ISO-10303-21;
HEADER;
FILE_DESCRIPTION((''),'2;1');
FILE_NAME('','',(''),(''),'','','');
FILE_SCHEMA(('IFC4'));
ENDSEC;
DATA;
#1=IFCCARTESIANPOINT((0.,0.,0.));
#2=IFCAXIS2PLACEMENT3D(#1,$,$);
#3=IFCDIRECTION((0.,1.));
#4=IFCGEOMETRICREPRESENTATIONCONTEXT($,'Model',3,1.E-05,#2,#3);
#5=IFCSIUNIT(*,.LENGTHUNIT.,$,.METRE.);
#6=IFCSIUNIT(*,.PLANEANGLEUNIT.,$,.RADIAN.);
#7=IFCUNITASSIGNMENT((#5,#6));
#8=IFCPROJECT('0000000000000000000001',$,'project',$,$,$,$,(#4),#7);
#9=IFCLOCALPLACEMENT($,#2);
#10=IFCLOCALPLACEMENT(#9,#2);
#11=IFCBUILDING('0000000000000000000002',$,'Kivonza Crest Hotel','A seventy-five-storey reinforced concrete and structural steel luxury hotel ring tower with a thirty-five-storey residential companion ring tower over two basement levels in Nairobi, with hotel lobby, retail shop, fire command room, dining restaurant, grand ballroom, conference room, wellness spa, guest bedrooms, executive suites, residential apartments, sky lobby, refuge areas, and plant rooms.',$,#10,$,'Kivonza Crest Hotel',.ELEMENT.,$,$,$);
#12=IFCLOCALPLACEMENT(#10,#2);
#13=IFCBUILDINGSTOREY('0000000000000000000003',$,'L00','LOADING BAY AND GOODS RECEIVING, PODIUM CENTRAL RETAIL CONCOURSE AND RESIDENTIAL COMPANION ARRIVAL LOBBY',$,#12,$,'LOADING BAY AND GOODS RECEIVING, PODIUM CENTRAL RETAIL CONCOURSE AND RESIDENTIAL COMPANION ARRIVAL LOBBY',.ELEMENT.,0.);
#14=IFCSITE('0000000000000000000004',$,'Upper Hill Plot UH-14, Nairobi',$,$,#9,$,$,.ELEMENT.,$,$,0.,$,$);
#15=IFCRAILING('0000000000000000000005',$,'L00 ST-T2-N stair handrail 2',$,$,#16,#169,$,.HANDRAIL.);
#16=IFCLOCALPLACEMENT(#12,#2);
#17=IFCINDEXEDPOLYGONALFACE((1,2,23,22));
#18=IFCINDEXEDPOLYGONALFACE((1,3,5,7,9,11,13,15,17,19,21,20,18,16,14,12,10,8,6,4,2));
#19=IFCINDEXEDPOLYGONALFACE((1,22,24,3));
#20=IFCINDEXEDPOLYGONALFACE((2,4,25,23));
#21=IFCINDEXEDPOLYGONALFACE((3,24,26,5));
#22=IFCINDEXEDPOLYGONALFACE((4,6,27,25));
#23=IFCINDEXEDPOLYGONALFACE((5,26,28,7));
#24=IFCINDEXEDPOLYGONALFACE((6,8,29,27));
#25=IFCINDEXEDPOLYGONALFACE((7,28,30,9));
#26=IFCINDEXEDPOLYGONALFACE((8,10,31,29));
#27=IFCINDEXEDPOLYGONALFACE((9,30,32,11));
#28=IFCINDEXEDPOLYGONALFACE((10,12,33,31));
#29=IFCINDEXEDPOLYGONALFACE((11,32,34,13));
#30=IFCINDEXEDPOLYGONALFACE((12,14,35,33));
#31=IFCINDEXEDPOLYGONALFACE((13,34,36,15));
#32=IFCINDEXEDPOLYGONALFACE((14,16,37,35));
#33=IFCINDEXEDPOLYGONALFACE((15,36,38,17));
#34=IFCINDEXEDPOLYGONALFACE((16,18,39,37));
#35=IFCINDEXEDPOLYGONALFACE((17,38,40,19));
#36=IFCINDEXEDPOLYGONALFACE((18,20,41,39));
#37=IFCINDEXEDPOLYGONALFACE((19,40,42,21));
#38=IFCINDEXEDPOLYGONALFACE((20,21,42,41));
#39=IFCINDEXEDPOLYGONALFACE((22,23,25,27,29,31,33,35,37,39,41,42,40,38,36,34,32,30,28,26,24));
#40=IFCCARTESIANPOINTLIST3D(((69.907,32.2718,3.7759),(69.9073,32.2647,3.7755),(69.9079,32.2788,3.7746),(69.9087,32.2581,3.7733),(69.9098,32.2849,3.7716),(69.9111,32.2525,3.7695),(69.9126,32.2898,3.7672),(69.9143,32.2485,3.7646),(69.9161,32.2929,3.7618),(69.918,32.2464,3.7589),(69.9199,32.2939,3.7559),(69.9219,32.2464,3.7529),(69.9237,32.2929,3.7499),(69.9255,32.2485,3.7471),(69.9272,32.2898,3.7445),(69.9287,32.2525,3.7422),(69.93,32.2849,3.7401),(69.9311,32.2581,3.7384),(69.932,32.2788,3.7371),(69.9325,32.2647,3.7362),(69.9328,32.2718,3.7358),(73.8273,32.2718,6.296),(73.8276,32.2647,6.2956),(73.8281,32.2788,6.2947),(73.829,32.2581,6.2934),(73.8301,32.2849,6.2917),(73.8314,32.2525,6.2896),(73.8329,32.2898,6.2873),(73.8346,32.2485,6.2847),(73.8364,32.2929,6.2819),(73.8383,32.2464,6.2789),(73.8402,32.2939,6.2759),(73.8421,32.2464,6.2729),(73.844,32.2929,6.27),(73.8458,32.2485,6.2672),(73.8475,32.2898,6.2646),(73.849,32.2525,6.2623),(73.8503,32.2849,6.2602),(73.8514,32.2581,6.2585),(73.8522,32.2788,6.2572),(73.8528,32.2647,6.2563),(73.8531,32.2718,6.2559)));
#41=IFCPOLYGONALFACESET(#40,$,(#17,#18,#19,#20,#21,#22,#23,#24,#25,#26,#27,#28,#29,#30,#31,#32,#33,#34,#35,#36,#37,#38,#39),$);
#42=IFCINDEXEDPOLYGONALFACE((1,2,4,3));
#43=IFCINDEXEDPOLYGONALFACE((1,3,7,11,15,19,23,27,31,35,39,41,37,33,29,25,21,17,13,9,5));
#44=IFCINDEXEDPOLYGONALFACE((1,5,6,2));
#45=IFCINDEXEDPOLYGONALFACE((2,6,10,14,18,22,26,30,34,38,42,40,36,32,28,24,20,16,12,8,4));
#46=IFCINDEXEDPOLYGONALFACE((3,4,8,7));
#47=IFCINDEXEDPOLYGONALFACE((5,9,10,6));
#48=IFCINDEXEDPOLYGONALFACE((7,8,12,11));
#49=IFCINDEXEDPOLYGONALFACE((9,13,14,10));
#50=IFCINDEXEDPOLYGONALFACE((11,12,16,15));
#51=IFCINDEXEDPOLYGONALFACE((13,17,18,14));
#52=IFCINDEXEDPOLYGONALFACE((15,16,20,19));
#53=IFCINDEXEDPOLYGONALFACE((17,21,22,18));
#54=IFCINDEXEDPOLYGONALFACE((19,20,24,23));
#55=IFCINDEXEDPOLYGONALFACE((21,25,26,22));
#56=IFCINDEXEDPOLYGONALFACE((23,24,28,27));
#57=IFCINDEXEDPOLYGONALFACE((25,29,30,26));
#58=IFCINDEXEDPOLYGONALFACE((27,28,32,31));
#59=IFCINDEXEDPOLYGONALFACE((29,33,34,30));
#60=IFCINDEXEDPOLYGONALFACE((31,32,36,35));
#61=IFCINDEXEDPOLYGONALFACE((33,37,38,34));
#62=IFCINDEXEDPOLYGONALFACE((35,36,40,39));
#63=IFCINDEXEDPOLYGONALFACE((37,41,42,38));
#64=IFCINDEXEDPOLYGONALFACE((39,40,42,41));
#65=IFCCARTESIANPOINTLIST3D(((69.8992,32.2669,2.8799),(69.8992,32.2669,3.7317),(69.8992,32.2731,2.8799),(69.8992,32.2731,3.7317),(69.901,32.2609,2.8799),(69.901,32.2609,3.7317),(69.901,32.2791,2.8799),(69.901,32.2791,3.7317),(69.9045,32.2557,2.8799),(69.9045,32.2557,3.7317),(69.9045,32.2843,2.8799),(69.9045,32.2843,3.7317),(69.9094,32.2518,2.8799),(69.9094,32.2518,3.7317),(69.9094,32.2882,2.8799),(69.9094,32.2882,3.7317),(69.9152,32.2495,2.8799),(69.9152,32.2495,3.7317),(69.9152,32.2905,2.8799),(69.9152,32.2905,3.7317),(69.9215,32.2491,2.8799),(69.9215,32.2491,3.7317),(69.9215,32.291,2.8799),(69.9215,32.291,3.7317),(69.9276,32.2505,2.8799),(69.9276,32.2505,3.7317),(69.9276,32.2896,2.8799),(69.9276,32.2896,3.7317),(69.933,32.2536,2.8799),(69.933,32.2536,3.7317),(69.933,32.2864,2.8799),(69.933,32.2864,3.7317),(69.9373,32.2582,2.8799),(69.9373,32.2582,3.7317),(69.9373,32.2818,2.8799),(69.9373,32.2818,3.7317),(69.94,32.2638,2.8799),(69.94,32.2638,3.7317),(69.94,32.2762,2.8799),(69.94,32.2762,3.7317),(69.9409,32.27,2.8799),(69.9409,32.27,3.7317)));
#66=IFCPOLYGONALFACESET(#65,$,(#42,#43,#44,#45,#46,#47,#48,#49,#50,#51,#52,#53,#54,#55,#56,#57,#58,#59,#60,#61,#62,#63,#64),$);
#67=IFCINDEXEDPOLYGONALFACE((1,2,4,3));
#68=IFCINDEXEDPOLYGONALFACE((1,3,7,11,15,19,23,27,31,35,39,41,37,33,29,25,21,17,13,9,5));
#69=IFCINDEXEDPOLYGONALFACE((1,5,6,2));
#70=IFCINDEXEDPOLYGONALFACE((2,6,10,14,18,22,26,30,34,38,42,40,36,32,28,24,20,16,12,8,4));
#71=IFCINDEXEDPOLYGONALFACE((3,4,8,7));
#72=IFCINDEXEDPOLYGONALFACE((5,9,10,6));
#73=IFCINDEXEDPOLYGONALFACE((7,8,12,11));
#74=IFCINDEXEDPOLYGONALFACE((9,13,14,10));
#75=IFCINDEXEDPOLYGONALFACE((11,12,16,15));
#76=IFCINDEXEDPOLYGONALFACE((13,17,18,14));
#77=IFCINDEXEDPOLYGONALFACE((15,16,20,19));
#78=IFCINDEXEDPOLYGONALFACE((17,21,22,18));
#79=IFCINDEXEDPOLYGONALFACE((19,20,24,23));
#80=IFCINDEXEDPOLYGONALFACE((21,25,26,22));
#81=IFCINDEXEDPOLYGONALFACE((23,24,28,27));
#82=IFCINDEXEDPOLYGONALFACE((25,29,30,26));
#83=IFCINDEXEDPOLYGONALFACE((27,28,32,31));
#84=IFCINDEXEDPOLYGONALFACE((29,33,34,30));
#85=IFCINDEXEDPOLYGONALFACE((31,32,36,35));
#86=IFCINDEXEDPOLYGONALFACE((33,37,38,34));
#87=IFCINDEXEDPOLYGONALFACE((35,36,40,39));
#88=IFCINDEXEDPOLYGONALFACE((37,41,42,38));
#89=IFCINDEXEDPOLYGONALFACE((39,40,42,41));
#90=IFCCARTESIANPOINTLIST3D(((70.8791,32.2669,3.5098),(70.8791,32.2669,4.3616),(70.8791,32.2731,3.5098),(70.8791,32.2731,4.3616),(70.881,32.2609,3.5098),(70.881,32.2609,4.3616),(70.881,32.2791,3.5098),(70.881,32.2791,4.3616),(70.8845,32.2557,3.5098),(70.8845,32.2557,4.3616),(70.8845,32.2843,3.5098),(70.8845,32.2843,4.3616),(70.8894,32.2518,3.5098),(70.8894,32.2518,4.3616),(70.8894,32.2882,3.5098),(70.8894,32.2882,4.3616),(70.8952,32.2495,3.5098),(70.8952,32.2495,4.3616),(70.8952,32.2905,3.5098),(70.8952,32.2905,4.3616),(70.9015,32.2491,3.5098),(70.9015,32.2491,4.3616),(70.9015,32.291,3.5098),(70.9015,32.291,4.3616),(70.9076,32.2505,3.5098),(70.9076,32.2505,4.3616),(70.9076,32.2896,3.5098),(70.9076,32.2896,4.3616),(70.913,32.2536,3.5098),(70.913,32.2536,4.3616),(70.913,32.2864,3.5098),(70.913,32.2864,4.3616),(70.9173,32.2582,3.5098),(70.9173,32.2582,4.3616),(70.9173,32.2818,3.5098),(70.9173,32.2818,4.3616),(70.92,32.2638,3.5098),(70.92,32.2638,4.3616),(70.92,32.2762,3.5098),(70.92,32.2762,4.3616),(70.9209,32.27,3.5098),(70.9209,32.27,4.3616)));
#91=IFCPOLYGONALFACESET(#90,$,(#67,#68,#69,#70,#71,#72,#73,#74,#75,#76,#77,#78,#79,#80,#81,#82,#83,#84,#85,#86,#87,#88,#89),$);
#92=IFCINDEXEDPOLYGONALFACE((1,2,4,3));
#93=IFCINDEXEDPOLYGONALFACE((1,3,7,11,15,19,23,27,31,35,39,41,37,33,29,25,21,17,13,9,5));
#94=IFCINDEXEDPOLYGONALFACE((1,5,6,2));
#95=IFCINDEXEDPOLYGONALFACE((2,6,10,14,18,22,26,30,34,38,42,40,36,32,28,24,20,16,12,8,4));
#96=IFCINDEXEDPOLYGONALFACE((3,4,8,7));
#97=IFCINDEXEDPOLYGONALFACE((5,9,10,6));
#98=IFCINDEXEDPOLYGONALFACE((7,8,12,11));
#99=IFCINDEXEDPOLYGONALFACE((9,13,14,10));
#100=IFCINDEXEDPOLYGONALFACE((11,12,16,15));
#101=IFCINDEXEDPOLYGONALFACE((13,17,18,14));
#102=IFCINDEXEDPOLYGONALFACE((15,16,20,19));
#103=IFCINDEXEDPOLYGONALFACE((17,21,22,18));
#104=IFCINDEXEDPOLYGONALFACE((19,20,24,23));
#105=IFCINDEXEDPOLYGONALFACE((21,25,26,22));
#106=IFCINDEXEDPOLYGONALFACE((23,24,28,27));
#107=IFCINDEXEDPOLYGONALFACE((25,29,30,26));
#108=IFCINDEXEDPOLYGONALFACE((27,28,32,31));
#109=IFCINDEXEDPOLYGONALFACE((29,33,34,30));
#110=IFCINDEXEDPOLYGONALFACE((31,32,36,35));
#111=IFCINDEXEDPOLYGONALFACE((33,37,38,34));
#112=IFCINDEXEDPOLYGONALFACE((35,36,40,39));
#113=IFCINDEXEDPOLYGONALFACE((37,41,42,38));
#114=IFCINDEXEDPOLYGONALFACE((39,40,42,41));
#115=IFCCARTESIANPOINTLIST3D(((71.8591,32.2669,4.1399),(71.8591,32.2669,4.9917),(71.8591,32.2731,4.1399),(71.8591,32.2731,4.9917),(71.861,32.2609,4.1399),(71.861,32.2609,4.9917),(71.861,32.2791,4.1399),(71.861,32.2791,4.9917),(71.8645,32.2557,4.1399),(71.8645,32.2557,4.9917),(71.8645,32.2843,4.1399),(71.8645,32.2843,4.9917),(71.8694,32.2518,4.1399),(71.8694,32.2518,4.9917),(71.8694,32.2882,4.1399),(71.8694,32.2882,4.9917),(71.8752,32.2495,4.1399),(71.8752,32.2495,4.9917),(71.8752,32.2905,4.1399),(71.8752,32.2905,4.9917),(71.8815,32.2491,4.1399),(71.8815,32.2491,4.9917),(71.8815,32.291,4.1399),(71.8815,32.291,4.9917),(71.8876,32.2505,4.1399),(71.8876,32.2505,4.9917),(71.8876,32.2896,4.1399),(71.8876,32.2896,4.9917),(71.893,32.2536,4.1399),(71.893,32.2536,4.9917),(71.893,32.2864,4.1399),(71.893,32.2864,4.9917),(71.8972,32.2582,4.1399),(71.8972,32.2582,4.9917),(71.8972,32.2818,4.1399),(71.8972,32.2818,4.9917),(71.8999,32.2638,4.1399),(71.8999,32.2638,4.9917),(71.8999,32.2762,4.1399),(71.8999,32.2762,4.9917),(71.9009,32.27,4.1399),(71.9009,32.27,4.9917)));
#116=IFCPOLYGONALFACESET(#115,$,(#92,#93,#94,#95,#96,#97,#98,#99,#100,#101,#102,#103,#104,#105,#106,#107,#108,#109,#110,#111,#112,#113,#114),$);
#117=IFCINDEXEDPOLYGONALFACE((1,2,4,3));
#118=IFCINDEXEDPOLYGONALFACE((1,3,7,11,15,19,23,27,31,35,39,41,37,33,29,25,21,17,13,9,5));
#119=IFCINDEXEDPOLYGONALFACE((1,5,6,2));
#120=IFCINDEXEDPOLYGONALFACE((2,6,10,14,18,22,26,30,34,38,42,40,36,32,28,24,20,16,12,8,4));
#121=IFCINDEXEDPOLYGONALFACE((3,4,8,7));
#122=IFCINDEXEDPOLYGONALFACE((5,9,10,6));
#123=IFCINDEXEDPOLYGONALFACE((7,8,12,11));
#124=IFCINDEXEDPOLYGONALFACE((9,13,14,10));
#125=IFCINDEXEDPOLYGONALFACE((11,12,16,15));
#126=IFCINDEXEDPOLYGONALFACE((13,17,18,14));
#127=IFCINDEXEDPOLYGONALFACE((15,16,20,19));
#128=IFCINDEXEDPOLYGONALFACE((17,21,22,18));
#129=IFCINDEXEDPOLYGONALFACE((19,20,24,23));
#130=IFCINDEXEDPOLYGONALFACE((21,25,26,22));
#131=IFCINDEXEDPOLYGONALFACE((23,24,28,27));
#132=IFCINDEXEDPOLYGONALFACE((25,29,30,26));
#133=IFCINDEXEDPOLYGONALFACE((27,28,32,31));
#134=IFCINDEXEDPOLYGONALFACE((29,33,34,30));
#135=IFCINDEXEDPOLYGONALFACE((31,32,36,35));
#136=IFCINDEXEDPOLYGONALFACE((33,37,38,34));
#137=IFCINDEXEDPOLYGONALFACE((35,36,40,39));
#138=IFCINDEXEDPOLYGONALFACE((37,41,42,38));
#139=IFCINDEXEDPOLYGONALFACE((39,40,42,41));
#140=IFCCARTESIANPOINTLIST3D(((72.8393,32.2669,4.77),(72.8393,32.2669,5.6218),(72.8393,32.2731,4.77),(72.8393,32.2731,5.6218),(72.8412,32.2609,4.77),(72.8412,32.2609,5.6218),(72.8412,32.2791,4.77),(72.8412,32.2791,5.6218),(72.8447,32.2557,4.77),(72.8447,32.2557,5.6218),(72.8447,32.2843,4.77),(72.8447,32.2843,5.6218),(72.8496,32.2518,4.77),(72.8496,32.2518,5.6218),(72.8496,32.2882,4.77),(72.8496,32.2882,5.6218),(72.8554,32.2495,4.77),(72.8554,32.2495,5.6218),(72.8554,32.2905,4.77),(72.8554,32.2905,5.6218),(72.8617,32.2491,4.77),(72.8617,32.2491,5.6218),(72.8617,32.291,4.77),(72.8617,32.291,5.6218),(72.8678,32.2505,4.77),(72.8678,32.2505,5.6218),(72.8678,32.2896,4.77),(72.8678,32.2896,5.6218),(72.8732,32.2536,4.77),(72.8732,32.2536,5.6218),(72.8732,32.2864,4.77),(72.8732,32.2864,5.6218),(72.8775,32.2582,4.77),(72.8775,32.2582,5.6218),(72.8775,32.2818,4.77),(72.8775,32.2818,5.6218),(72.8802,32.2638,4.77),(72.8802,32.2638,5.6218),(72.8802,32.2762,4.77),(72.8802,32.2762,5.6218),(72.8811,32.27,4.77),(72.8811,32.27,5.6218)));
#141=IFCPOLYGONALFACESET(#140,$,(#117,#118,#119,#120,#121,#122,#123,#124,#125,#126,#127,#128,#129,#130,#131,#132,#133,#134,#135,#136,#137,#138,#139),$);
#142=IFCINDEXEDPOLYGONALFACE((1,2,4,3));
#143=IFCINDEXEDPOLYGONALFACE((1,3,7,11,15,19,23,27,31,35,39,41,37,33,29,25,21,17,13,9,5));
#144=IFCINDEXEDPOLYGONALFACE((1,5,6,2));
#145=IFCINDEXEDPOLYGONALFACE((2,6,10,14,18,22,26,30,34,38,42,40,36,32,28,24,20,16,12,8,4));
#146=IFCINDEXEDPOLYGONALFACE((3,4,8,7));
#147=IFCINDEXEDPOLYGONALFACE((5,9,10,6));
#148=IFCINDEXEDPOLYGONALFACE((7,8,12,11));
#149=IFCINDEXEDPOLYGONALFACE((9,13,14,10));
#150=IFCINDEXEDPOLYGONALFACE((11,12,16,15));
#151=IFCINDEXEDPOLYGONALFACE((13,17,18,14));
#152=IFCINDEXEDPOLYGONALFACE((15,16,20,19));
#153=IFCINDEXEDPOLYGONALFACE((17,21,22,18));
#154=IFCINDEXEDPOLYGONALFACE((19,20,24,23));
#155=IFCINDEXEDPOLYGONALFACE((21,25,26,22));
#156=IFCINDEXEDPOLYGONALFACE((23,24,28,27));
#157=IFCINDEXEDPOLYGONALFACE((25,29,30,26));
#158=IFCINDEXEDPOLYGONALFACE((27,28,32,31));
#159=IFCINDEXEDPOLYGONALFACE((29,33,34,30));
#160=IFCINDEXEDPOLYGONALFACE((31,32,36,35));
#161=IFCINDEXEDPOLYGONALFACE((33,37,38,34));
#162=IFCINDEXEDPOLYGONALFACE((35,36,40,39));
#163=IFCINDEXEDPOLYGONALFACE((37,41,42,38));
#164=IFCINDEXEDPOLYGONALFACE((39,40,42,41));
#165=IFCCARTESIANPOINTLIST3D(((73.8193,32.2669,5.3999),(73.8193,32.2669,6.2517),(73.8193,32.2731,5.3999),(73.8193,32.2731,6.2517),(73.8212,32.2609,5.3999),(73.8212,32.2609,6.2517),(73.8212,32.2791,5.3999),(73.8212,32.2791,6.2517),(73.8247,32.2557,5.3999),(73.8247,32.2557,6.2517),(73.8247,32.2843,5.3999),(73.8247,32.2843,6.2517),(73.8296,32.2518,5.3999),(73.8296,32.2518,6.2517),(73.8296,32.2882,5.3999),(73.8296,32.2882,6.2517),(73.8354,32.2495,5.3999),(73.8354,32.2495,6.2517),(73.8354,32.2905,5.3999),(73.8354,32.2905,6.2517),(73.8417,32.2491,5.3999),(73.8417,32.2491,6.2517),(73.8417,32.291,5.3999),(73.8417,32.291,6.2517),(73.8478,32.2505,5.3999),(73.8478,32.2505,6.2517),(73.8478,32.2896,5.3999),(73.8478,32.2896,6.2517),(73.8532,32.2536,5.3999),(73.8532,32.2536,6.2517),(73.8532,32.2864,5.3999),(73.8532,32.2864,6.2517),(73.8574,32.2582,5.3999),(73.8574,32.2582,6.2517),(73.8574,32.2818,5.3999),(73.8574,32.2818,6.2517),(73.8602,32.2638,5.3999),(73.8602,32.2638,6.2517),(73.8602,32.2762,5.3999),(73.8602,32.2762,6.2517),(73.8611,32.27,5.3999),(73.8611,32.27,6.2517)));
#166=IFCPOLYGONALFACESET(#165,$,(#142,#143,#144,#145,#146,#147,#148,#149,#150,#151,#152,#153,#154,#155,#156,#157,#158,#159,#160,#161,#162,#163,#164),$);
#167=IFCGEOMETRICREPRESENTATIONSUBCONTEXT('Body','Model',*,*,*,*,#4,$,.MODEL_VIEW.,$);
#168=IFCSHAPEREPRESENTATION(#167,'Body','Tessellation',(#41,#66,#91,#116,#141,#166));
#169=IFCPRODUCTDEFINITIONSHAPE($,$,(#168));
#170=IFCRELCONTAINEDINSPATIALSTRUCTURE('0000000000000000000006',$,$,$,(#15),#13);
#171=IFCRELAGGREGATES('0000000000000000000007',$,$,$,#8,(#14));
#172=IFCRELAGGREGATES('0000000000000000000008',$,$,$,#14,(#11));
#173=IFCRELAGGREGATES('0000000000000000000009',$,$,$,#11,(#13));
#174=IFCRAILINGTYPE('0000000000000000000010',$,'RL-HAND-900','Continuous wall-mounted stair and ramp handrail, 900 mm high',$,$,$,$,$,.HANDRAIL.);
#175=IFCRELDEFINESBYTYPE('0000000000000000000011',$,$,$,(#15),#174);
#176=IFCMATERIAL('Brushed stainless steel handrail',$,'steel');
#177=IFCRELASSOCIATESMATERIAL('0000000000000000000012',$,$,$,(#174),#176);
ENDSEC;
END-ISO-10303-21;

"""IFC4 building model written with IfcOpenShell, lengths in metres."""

from ifc_helpers import new_model, si_unit, direction, frame, origin, origin_2d, place, context, subcontext, project, spatial, circle, extrude, material, type_object, element, save


model = new_model("IFC4")

# Units and contexts
model_context = context("Model", 3, precision=1e-05, world=origin(), true_north=direction((0.0, 1.0)))
body_context = subcontext(model_context, "Body", "Model", "MODEL_VIEW")
ifc_project = project(units=[si_unit("LENGTHUNIT", "METRE"), si_unit("PLANEANGLEUNIT", "RADIAN")], contexts=[model_context])

# Site, building, storey
site_placement = place(None, origin())
site = spatial("IfcSite", under=ifc_project, at=site_placement, Name="Upper Hill Plot UH-14, Nairobi", CompositionType="ELEMENT", RefElevation=0.0)
building_placement = place(site_placement, origin())
building = spatial("IfcBuilding", under=site, at=building_placement, Name="Kivonza Crest Hotel", Description="A seventy-five-storey reinforced concrete and structural steel luxury hotel ring tower with a thirty-five-storey residential companion ring tower over two basement levels in Nairobi, with hotel lobby, retail shop, fire command room, dining restaurant, grand ballroom, conference room, wellness spa, guest bedrooms, executive suites, residential apartments, sky lobby, refuge areas, and plant rooms.", LongName="Kivonza Crest Hotel", CompositionType="ELEMENT")
storey_placement = place(building_placement, origin())
storey = spatial("IfcBuildingStorey", under=building, at=storey_placement, Name="L00", Description="LOADING BAY AND GOODS RECEIVING, PODIUM CENTRAL RETAIL CONCOURSE AND RESIDENTIAL COMPANION ARRIVAL LOBBY", LongName="LOADING BAY AND GOODS RECEIVING, PODIUM CENTRAL RETAIL CONCOURSE AND RESIDENTIAL COMPANION ARRIVAL LOBBY", CompositionType="ELEMENT", Elevation=0.0)

# Railing
ifc_material_1 = material(Name="Brushed stainless steel handrail", Category="steel")
railing_type_1 = type_object("IfcRailingType", Name="RL-HAND-900", Description="Continuous wall-mounted stair and ramp handrail, 900 mm high", PredefinedType="HANDRAIL", material=ifc_material_1)
railing_1_placement = place(storey_placement, frame((69.9199, 32.27, 2.8799)))
element("IfcRailing", 1, at=railing_1_placement, inside=storey, type_object=railing_type_1, Name="L00 ST-T2-N stair handrail 2", PredefinedType="HANDRAIL", context=body_context, shape_type="SweptSolid", body=[
    extrude(circle(Radius=0.0239, at=origin_2d()), frame((0.0, 0.0, 0.876), z_axis=(0.841187, 0.0, 0.540744), x_axis=(0.0, 1.0, 0.0)), (0.0, 0.0, 1.0), 4.6604),
    extrude(circle(Radius=0.021, at=origin_2d()), origin(), (0.0, 0.0, 1.0), 0.8518),
    extrude(circle(Radius=0.021, at=origin_2d()), frame((0.98, 0.0, 0.6299)), (0.0, 0.0, 1.0), 0.8518),
    extrude(circle(Radius=0.021, at=origin_2d()), frame((1.96, 0.0, 1.26)), (0.0, 0.0, 1.0), 0.8518),
    extrude(circle(Radius=0.021, at=origin_2d()), frame((2.9402, 0.0, 1.8901)), (0.0, 0.0, 1.0), 0.8518),
    extrude(circle(Radius=0.021, at=origin_2d()), frame((3.9202, 0.0, 2.52)), (0.0, 0.0, 1.0), 0.8518),
])

save(model, "model.ifc")
